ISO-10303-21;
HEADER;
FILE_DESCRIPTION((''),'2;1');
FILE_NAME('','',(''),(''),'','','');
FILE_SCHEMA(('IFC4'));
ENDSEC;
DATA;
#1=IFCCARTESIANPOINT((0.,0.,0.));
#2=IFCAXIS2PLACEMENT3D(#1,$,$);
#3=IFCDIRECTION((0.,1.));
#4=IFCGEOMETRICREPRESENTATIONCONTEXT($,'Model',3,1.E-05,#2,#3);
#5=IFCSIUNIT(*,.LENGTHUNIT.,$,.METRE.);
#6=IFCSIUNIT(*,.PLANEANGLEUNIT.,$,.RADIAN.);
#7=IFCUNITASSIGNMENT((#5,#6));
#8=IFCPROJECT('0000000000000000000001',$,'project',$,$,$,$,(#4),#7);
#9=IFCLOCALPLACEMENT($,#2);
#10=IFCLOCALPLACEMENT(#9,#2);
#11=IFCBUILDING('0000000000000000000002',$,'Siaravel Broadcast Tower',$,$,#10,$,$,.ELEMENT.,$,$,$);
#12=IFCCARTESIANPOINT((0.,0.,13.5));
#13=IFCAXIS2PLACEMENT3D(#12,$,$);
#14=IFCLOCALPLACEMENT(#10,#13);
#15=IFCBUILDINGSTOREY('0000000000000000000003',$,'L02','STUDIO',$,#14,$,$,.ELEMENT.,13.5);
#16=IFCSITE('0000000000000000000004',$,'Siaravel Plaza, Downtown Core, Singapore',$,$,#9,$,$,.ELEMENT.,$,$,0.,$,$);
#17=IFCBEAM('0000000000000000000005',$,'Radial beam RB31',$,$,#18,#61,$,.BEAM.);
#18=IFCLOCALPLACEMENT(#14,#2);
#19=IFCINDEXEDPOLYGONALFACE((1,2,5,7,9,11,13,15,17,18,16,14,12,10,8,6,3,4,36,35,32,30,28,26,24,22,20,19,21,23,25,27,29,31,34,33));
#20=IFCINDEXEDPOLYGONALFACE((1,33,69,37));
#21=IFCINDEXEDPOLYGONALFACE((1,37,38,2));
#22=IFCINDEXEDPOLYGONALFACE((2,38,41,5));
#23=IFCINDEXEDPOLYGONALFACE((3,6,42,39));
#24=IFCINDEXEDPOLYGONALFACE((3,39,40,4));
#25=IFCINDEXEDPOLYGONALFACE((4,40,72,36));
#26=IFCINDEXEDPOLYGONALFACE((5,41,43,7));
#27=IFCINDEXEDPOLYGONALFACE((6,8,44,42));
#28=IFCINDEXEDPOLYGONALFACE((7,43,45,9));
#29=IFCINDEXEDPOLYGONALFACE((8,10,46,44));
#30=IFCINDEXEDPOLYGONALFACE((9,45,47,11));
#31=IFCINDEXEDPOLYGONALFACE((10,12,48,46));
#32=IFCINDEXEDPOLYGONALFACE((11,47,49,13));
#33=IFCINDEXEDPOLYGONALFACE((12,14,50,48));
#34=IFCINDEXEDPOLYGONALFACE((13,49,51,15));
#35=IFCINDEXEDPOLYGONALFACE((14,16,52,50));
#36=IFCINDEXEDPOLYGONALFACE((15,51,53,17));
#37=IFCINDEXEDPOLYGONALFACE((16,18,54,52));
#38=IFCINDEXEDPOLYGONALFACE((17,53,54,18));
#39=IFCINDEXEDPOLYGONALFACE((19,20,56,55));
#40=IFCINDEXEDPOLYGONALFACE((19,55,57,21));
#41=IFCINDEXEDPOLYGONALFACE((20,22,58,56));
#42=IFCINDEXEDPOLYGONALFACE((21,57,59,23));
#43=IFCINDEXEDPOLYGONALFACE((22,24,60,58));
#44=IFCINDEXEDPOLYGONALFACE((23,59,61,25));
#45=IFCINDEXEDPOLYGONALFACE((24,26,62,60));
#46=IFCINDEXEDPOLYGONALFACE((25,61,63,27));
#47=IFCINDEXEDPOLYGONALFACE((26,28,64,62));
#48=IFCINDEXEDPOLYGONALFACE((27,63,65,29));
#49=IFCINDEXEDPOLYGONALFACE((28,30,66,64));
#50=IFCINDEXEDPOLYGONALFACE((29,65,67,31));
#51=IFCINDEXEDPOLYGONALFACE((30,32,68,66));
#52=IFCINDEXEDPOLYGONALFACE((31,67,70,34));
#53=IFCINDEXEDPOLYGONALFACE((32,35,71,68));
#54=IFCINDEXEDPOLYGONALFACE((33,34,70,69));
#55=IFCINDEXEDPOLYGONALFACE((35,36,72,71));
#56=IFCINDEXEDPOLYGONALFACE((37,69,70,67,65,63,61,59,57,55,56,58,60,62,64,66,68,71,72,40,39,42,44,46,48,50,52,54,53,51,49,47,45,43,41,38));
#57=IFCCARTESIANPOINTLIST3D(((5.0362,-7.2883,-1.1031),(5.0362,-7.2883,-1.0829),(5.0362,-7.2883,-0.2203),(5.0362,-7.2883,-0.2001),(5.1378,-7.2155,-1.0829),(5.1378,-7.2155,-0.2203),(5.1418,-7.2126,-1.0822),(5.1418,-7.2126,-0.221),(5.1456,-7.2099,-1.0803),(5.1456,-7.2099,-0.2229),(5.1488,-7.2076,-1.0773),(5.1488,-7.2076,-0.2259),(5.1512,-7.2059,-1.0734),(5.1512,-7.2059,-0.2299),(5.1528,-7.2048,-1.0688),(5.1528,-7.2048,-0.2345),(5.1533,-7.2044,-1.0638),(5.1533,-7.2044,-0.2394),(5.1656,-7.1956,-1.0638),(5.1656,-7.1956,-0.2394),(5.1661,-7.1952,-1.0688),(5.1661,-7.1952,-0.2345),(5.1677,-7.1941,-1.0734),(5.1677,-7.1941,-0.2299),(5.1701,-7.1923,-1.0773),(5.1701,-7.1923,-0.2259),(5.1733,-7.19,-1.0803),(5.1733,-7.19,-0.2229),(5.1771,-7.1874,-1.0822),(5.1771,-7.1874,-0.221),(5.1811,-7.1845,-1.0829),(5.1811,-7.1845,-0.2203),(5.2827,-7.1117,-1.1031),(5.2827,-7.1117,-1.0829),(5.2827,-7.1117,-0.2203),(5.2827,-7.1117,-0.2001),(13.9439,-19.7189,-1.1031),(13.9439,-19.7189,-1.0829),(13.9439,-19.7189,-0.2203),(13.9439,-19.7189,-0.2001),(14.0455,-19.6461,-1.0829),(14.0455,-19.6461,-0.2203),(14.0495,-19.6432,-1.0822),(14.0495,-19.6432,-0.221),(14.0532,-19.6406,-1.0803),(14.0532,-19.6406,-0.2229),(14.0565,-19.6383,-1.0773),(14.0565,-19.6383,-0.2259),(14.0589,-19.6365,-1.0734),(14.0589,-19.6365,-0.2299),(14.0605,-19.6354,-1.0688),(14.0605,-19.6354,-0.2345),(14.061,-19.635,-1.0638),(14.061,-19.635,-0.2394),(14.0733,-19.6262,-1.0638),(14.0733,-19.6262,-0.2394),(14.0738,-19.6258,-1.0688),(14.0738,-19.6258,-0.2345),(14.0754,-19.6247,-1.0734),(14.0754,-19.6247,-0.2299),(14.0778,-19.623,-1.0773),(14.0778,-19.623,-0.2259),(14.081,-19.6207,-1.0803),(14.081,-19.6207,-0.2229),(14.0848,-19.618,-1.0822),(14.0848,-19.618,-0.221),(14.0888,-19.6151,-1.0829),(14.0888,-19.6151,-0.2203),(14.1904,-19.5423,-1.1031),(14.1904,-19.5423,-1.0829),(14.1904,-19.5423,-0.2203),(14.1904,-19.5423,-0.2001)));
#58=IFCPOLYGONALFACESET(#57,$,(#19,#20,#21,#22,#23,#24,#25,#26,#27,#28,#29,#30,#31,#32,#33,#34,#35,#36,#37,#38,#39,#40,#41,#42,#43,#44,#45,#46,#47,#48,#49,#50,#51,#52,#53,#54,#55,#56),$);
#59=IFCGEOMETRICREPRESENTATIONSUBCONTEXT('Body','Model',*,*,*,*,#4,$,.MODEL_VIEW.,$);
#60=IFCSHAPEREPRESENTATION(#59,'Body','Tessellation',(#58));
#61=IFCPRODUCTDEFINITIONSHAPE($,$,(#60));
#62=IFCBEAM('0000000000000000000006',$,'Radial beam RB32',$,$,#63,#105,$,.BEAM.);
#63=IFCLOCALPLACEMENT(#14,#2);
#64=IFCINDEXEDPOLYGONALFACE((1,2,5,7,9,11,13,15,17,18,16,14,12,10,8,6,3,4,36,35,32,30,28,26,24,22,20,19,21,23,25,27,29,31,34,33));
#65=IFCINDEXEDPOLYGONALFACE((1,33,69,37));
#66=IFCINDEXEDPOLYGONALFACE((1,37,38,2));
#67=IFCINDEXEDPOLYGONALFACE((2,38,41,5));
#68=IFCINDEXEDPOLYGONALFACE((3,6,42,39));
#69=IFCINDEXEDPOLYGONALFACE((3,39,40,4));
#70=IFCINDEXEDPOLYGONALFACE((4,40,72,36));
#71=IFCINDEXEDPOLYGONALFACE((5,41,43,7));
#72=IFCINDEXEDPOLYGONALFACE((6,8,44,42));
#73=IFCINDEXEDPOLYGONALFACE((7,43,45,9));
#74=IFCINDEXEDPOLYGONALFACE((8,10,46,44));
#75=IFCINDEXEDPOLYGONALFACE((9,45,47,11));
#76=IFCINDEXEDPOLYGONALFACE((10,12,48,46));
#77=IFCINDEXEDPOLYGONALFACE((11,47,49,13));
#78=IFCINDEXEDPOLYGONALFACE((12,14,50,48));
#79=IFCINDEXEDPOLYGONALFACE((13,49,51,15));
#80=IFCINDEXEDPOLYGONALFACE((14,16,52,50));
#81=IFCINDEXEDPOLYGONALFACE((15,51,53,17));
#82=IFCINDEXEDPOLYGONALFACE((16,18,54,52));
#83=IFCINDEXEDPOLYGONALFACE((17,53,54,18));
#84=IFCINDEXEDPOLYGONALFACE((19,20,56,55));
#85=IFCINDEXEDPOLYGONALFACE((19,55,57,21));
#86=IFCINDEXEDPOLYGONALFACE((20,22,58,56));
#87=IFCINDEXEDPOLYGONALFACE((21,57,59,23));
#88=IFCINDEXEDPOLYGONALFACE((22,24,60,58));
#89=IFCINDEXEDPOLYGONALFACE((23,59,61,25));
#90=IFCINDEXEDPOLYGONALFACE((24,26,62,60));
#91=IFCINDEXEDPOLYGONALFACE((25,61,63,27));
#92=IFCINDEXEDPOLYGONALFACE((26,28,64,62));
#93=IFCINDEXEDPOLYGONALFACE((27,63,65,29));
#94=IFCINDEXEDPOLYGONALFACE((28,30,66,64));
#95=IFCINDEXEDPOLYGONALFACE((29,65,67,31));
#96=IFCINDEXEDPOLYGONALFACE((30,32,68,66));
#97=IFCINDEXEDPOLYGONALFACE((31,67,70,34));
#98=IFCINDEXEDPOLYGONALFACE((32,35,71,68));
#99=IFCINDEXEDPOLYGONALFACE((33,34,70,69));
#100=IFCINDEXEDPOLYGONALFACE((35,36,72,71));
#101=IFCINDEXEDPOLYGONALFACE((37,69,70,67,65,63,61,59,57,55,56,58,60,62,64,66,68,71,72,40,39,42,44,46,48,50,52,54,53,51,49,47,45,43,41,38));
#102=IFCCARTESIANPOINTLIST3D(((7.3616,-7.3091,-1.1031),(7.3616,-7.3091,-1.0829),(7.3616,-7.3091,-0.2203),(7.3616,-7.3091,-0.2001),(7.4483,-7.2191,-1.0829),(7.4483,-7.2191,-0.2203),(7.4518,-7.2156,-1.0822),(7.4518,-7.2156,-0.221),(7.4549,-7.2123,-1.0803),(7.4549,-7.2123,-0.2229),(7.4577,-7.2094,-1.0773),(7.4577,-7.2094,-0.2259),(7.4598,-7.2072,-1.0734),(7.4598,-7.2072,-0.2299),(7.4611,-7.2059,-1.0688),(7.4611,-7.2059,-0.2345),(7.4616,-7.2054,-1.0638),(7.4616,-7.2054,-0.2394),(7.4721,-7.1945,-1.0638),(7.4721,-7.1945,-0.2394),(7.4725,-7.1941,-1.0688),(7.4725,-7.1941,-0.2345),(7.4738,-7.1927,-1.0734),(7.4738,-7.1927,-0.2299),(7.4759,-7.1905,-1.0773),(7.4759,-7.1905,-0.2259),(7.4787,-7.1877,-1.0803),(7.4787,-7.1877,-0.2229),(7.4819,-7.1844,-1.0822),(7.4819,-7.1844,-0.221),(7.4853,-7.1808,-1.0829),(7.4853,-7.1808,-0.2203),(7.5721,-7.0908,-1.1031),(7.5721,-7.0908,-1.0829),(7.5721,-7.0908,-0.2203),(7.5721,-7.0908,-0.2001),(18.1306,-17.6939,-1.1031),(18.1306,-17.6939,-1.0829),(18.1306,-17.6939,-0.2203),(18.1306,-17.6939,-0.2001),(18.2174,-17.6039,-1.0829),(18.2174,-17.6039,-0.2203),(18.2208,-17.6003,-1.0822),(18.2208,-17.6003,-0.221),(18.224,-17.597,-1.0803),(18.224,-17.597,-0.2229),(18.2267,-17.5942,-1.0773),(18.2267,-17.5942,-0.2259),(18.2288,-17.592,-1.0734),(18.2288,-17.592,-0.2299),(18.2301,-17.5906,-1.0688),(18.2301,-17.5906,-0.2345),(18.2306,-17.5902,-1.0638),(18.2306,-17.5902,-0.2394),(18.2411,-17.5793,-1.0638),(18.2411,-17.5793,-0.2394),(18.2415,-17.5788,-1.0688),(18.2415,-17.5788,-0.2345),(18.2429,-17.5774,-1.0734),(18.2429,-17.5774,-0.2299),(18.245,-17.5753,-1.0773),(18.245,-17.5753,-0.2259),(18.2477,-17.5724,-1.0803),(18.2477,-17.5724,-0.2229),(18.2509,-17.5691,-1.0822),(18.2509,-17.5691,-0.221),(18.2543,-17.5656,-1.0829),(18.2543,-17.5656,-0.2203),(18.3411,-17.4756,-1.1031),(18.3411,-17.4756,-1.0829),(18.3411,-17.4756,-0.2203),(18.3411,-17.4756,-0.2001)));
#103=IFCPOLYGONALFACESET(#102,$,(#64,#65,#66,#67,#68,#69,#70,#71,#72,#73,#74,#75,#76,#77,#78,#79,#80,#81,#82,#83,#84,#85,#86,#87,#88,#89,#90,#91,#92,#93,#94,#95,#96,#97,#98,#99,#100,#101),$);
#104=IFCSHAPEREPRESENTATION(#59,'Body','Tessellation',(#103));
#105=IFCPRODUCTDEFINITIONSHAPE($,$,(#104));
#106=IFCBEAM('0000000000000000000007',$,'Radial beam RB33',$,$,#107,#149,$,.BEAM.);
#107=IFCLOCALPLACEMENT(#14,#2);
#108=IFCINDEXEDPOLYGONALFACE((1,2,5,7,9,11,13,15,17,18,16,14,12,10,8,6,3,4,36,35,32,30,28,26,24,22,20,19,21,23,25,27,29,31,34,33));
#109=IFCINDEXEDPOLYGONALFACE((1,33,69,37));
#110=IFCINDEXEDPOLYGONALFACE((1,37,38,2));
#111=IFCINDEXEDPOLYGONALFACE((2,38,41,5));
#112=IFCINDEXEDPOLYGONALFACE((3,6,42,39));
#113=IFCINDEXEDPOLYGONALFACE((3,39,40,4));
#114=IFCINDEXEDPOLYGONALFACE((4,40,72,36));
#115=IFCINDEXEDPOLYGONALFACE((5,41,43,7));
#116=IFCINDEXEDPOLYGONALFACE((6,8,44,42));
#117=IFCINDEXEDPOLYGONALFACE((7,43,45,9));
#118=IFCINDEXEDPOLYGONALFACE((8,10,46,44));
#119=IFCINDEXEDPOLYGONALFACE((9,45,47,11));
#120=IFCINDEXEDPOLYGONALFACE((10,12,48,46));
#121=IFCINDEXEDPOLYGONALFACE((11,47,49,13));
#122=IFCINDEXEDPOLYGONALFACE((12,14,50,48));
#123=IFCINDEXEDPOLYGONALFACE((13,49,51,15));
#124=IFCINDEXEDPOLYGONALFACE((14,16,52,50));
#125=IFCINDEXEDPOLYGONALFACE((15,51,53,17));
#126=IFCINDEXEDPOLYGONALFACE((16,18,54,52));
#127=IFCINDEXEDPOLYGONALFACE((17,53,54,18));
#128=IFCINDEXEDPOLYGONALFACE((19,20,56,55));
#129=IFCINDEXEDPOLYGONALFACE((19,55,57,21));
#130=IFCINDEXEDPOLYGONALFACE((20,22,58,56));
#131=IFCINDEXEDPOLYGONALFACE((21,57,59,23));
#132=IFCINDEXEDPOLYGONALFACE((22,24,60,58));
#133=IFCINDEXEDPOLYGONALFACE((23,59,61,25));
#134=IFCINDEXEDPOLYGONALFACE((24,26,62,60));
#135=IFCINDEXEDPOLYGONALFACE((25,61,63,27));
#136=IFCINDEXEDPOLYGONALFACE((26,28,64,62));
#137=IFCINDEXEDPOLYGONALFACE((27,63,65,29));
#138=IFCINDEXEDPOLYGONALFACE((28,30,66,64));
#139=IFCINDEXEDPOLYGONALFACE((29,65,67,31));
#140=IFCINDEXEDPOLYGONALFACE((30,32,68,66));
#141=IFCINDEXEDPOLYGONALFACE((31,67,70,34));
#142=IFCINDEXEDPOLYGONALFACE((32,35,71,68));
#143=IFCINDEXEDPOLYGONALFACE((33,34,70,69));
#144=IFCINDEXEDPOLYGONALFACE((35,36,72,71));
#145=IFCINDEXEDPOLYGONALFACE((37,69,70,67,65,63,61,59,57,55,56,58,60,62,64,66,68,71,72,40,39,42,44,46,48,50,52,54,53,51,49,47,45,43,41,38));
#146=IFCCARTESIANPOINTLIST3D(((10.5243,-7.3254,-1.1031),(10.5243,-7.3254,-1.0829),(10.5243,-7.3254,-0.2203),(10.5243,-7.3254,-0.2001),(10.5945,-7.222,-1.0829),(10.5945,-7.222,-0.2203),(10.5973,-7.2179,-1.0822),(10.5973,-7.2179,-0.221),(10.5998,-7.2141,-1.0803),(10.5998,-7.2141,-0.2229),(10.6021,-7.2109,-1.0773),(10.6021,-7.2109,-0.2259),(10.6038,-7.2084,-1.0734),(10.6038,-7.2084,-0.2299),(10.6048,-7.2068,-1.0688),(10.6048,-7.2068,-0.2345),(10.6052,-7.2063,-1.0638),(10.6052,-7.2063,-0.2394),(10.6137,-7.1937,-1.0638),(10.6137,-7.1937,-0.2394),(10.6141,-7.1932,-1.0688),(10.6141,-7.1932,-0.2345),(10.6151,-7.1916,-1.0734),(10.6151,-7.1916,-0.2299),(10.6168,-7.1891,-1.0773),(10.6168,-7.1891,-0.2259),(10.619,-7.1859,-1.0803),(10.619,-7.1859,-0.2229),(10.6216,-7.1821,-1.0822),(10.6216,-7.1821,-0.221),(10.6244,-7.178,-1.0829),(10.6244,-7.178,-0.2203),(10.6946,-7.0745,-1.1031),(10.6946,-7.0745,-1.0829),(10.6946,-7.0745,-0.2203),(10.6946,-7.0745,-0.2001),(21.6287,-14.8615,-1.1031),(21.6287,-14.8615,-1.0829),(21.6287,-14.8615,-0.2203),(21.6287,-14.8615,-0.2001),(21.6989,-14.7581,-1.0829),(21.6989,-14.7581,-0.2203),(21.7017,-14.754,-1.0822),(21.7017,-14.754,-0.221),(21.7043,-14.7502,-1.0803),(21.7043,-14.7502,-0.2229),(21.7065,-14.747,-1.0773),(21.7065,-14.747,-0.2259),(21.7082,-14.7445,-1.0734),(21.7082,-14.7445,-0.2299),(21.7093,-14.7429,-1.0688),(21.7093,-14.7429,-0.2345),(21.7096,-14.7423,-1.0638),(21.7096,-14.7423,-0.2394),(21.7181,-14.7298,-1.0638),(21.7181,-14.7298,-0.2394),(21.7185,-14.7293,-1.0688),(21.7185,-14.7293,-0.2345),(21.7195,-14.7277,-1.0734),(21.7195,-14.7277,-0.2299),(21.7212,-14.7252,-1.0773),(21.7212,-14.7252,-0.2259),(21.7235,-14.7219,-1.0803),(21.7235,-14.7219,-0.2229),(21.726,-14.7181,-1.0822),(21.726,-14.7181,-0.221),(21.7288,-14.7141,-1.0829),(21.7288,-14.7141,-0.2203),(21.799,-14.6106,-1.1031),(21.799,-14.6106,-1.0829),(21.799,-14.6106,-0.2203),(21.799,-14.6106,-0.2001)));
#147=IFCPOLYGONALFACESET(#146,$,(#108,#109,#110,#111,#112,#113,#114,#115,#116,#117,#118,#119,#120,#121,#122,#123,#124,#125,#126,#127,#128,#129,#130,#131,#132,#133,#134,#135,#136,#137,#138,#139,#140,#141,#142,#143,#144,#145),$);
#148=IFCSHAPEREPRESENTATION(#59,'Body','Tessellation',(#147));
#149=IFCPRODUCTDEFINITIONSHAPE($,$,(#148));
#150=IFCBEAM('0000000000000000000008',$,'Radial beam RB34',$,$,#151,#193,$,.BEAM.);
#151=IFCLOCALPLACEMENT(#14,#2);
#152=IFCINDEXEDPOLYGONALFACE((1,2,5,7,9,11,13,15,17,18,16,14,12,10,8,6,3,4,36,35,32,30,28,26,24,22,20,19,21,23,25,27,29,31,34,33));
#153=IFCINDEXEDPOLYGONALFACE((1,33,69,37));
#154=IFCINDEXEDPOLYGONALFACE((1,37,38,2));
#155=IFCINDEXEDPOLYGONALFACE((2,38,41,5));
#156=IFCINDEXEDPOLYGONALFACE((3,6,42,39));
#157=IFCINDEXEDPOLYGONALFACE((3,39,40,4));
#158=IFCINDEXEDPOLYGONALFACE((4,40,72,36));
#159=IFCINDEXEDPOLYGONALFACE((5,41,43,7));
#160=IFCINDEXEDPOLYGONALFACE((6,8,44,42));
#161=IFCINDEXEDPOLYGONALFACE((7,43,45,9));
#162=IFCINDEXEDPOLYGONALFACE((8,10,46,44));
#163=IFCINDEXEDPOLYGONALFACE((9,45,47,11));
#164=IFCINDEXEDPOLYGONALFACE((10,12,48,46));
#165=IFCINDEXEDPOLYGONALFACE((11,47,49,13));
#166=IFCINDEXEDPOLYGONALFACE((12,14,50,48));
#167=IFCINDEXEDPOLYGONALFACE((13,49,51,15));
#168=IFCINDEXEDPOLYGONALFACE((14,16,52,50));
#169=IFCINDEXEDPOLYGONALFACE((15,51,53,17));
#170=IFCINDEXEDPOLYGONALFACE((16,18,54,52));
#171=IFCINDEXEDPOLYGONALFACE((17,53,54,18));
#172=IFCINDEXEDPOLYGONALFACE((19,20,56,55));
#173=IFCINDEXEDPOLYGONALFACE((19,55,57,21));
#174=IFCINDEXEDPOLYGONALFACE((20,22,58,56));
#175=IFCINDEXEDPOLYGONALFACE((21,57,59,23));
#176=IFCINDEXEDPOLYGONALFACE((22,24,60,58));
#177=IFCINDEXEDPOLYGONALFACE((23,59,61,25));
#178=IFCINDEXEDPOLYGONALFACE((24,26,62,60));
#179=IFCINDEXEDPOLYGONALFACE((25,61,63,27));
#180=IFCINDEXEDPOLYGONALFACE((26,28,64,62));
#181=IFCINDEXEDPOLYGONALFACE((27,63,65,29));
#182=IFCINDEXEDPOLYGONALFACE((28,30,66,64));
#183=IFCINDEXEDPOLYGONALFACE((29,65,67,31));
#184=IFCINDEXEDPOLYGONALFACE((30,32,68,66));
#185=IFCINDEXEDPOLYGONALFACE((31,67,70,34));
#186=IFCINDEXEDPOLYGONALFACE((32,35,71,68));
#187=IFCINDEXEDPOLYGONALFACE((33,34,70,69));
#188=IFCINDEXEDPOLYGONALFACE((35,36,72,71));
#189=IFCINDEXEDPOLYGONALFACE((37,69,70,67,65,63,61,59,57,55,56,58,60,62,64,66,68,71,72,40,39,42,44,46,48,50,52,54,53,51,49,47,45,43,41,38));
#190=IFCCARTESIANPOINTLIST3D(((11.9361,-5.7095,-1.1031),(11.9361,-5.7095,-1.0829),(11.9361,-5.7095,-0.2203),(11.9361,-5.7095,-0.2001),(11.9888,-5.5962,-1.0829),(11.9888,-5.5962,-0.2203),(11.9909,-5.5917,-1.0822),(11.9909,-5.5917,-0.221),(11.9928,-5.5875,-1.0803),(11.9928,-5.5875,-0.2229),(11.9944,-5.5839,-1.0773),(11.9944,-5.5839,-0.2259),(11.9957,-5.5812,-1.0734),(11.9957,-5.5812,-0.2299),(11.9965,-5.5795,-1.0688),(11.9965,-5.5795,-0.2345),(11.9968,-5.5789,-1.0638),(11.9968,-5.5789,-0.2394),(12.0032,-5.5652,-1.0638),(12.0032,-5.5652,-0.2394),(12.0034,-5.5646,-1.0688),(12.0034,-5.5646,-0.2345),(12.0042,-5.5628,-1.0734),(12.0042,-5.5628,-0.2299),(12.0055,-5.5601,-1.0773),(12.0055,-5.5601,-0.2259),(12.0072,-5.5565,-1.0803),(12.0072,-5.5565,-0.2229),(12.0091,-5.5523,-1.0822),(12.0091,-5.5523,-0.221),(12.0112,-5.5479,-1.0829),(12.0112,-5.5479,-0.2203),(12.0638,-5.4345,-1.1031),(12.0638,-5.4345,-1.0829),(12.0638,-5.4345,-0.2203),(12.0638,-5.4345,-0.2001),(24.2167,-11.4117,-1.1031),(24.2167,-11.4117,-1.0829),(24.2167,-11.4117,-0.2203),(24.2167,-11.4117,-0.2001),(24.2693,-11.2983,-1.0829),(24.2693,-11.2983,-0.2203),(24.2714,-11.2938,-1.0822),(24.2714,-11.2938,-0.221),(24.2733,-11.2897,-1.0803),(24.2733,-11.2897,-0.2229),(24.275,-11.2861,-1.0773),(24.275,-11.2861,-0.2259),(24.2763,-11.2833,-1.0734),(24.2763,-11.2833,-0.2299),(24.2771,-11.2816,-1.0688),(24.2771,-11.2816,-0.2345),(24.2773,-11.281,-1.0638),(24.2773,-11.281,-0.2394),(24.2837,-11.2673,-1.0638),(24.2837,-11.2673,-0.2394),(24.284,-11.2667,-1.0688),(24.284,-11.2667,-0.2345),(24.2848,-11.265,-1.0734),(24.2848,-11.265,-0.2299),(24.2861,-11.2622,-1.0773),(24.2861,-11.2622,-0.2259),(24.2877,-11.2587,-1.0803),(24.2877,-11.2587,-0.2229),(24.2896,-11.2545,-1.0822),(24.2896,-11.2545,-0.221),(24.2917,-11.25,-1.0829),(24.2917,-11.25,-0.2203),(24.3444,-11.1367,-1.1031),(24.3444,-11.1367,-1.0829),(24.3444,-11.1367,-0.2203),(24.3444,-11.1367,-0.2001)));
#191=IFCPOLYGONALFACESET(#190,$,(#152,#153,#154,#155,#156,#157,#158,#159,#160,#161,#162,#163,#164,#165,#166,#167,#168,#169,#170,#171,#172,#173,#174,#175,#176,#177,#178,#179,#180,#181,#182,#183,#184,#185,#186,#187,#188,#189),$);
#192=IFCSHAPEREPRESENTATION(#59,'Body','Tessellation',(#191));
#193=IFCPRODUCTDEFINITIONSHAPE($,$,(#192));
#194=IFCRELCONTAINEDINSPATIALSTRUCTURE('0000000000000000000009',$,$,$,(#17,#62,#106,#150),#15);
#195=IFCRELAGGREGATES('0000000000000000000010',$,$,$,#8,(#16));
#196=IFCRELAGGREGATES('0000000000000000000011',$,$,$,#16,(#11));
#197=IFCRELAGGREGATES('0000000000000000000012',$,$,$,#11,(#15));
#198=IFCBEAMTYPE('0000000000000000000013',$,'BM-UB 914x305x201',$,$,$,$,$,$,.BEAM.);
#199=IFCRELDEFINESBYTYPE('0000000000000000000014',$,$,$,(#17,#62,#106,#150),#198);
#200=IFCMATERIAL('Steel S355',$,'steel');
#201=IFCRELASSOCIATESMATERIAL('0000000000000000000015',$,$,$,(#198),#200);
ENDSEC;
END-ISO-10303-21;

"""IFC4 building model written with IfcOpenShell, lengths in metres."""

from ifc_helpers import new_model, si_unit, direction, frame, origin, origin_2d, place, context, subcontext, project, spatial, i_section, extrude, material, material_profile, profile_set, type_object, element, save


model = new_model("IFC4")

# Units and contexts
model_context = context("Model", 3, precision=1e-05, world=origin(), true_north=direction((0.0, 1.0)))
body_context = subcontext(model_context, "Body", "Model", "MODEL_VIEW")
ifc_project = project(units=[si_unit("LENGTHUNIT", "METRE"), si_unit("PLANEANGLEUNIT", "RADIAN")], contexts=[model_context])

# Site, building, storey
site_placement = place(None, origin())
site = spatial("IfcSite", under=ifc_project, at=site_placement, Name="Siaravel Plaza, Downtown Core, Singapore", CompositionType="ELEMENT", RefElevation=0.0)
building_placement = place(site_placement, origin())
building = spatial("IfcBuilding", under=site, at=building_placement, Name="Siaravel Broadcast Tower", CompositionType="ELEMENT")
storey_placement = place(building_placement, frame((0.0, 0.0, 13.5)))
storey = spatial("IfcBuildingStorey", under=building, at=storey_placement, Name="L02", Description="STUDIO", CompositionType="ELEMENT", Elevation=13.5)

# Beams
ifc_material_1 = material(Name="Steel S355", Category="steel")
ifc_material_profile_1 = material_profile(ifc_material_1, i_section(OverallWidth=0.3032, OverallDepth=0.9031, WebThickness=0.0151, FlangeThickness=0.0203, FilletRadius=0.019, at=origin_2d()))
ifc_profile_set_1 = profile_set([ifc_material_profile_1], Name="Steel S355")
beam_type = type_object("IfcBeamType", Name="BM-UB 914x305x201", PredefinedType="BEAM", material=ifc_profile_set_1)
beam_1_placement = place(storey_placement, frame((14.0671, -19.6306, -0.6516), z_axis=(-0.582479, 0.812846, 0.0), x_axis=(-0.812846, -0.582479, 0.0)))
element("IfcBeam", 1, at=beam_1_placement, inside=storey, type_object=beam_type, Name="Radial beam RB31", PredefinedType="BEAM", context=body_context, shape_type="SweptSolid", body=[
    extrude(i_section(OverallWidth=0.3032, OverallDepth=0.9031, WebThickness=0.0151, FlangeThickness=0.0203, FilletRadius=0.019, at=origin_2d()), origin(), (0.0, 0.0, 1.0), 15.2927),
])
beam_2_placement = place(storey_placement, frame((18.2358, -17.5847, -0.6516), z_axis=(-0.719833, 0.694147, 0.0), x_axis=(-0.694147, -0.719833, 0.0)))
element("IfcBeam", 2, at=beam_2_placement, inside=storey, type_object=beam_type, Name="Radial beam RB32", PredefinedType="BEAM", context=body_context, shape_type="SweptSolid", body=[
    extrude(i_section(OverallWidth=0.3032, OverallDepth=0.9031, WebThickness=0.0151, FlangeThickness=0.0203, FilletRadius=0.019, at=origin_2d()), origin(), (0.0, 0.0, 1.0), 14.9604),
])
beam_3_placement = place(storey_placement, frame((21.7139, -14.7361, -0.6516), z_axis=(-0.827443, 0.561549, 0.0), x_axis=(-0.561549, -0.827443, 0.0)))
element("IfcBeam", 3, at=beam_3_placement, inside=storey, type_object=beam_type, Name="Radial beam RB33", PredefinedType="BEAM", context=body_context, shape_type="SweptSolid", body=[
    extrude(i_section(OverallWidth=0.3032, OverallDepth=0.9031, WebThickness=0.0151, FlangeThickness=0.0203, FilletRadius=0.019, at=origin_2d()), origin(), (0.0, 0.0, 1.0), 13.4202),
])
beam_4_placement = place(storey_placement, frame((24.2805, -11.2742, -0.6516), z_axis=(-0.906995, 0.42114, 0.0), x_axis=(-0.42114, -0.906995, 0.0)))
element("IfcBeam", 4, at=beam_4_placement, inside=storey, type_object=beam_type, Name="Radial beam RB34", PredefinedType="BEAM", context=body_context, shape_type="SweptSolid", body=[
    extrude(i_section(OverallWidth=0.3032, OverallDepth=0.9031, WebThickness=0.0151, FlangeThickness=0.0203, FilletRadius=0.019, at=origin_2d()), origin(), (0.0, 0.0, 1.0), 13.5398),
])

save(model, "model.ifc")
